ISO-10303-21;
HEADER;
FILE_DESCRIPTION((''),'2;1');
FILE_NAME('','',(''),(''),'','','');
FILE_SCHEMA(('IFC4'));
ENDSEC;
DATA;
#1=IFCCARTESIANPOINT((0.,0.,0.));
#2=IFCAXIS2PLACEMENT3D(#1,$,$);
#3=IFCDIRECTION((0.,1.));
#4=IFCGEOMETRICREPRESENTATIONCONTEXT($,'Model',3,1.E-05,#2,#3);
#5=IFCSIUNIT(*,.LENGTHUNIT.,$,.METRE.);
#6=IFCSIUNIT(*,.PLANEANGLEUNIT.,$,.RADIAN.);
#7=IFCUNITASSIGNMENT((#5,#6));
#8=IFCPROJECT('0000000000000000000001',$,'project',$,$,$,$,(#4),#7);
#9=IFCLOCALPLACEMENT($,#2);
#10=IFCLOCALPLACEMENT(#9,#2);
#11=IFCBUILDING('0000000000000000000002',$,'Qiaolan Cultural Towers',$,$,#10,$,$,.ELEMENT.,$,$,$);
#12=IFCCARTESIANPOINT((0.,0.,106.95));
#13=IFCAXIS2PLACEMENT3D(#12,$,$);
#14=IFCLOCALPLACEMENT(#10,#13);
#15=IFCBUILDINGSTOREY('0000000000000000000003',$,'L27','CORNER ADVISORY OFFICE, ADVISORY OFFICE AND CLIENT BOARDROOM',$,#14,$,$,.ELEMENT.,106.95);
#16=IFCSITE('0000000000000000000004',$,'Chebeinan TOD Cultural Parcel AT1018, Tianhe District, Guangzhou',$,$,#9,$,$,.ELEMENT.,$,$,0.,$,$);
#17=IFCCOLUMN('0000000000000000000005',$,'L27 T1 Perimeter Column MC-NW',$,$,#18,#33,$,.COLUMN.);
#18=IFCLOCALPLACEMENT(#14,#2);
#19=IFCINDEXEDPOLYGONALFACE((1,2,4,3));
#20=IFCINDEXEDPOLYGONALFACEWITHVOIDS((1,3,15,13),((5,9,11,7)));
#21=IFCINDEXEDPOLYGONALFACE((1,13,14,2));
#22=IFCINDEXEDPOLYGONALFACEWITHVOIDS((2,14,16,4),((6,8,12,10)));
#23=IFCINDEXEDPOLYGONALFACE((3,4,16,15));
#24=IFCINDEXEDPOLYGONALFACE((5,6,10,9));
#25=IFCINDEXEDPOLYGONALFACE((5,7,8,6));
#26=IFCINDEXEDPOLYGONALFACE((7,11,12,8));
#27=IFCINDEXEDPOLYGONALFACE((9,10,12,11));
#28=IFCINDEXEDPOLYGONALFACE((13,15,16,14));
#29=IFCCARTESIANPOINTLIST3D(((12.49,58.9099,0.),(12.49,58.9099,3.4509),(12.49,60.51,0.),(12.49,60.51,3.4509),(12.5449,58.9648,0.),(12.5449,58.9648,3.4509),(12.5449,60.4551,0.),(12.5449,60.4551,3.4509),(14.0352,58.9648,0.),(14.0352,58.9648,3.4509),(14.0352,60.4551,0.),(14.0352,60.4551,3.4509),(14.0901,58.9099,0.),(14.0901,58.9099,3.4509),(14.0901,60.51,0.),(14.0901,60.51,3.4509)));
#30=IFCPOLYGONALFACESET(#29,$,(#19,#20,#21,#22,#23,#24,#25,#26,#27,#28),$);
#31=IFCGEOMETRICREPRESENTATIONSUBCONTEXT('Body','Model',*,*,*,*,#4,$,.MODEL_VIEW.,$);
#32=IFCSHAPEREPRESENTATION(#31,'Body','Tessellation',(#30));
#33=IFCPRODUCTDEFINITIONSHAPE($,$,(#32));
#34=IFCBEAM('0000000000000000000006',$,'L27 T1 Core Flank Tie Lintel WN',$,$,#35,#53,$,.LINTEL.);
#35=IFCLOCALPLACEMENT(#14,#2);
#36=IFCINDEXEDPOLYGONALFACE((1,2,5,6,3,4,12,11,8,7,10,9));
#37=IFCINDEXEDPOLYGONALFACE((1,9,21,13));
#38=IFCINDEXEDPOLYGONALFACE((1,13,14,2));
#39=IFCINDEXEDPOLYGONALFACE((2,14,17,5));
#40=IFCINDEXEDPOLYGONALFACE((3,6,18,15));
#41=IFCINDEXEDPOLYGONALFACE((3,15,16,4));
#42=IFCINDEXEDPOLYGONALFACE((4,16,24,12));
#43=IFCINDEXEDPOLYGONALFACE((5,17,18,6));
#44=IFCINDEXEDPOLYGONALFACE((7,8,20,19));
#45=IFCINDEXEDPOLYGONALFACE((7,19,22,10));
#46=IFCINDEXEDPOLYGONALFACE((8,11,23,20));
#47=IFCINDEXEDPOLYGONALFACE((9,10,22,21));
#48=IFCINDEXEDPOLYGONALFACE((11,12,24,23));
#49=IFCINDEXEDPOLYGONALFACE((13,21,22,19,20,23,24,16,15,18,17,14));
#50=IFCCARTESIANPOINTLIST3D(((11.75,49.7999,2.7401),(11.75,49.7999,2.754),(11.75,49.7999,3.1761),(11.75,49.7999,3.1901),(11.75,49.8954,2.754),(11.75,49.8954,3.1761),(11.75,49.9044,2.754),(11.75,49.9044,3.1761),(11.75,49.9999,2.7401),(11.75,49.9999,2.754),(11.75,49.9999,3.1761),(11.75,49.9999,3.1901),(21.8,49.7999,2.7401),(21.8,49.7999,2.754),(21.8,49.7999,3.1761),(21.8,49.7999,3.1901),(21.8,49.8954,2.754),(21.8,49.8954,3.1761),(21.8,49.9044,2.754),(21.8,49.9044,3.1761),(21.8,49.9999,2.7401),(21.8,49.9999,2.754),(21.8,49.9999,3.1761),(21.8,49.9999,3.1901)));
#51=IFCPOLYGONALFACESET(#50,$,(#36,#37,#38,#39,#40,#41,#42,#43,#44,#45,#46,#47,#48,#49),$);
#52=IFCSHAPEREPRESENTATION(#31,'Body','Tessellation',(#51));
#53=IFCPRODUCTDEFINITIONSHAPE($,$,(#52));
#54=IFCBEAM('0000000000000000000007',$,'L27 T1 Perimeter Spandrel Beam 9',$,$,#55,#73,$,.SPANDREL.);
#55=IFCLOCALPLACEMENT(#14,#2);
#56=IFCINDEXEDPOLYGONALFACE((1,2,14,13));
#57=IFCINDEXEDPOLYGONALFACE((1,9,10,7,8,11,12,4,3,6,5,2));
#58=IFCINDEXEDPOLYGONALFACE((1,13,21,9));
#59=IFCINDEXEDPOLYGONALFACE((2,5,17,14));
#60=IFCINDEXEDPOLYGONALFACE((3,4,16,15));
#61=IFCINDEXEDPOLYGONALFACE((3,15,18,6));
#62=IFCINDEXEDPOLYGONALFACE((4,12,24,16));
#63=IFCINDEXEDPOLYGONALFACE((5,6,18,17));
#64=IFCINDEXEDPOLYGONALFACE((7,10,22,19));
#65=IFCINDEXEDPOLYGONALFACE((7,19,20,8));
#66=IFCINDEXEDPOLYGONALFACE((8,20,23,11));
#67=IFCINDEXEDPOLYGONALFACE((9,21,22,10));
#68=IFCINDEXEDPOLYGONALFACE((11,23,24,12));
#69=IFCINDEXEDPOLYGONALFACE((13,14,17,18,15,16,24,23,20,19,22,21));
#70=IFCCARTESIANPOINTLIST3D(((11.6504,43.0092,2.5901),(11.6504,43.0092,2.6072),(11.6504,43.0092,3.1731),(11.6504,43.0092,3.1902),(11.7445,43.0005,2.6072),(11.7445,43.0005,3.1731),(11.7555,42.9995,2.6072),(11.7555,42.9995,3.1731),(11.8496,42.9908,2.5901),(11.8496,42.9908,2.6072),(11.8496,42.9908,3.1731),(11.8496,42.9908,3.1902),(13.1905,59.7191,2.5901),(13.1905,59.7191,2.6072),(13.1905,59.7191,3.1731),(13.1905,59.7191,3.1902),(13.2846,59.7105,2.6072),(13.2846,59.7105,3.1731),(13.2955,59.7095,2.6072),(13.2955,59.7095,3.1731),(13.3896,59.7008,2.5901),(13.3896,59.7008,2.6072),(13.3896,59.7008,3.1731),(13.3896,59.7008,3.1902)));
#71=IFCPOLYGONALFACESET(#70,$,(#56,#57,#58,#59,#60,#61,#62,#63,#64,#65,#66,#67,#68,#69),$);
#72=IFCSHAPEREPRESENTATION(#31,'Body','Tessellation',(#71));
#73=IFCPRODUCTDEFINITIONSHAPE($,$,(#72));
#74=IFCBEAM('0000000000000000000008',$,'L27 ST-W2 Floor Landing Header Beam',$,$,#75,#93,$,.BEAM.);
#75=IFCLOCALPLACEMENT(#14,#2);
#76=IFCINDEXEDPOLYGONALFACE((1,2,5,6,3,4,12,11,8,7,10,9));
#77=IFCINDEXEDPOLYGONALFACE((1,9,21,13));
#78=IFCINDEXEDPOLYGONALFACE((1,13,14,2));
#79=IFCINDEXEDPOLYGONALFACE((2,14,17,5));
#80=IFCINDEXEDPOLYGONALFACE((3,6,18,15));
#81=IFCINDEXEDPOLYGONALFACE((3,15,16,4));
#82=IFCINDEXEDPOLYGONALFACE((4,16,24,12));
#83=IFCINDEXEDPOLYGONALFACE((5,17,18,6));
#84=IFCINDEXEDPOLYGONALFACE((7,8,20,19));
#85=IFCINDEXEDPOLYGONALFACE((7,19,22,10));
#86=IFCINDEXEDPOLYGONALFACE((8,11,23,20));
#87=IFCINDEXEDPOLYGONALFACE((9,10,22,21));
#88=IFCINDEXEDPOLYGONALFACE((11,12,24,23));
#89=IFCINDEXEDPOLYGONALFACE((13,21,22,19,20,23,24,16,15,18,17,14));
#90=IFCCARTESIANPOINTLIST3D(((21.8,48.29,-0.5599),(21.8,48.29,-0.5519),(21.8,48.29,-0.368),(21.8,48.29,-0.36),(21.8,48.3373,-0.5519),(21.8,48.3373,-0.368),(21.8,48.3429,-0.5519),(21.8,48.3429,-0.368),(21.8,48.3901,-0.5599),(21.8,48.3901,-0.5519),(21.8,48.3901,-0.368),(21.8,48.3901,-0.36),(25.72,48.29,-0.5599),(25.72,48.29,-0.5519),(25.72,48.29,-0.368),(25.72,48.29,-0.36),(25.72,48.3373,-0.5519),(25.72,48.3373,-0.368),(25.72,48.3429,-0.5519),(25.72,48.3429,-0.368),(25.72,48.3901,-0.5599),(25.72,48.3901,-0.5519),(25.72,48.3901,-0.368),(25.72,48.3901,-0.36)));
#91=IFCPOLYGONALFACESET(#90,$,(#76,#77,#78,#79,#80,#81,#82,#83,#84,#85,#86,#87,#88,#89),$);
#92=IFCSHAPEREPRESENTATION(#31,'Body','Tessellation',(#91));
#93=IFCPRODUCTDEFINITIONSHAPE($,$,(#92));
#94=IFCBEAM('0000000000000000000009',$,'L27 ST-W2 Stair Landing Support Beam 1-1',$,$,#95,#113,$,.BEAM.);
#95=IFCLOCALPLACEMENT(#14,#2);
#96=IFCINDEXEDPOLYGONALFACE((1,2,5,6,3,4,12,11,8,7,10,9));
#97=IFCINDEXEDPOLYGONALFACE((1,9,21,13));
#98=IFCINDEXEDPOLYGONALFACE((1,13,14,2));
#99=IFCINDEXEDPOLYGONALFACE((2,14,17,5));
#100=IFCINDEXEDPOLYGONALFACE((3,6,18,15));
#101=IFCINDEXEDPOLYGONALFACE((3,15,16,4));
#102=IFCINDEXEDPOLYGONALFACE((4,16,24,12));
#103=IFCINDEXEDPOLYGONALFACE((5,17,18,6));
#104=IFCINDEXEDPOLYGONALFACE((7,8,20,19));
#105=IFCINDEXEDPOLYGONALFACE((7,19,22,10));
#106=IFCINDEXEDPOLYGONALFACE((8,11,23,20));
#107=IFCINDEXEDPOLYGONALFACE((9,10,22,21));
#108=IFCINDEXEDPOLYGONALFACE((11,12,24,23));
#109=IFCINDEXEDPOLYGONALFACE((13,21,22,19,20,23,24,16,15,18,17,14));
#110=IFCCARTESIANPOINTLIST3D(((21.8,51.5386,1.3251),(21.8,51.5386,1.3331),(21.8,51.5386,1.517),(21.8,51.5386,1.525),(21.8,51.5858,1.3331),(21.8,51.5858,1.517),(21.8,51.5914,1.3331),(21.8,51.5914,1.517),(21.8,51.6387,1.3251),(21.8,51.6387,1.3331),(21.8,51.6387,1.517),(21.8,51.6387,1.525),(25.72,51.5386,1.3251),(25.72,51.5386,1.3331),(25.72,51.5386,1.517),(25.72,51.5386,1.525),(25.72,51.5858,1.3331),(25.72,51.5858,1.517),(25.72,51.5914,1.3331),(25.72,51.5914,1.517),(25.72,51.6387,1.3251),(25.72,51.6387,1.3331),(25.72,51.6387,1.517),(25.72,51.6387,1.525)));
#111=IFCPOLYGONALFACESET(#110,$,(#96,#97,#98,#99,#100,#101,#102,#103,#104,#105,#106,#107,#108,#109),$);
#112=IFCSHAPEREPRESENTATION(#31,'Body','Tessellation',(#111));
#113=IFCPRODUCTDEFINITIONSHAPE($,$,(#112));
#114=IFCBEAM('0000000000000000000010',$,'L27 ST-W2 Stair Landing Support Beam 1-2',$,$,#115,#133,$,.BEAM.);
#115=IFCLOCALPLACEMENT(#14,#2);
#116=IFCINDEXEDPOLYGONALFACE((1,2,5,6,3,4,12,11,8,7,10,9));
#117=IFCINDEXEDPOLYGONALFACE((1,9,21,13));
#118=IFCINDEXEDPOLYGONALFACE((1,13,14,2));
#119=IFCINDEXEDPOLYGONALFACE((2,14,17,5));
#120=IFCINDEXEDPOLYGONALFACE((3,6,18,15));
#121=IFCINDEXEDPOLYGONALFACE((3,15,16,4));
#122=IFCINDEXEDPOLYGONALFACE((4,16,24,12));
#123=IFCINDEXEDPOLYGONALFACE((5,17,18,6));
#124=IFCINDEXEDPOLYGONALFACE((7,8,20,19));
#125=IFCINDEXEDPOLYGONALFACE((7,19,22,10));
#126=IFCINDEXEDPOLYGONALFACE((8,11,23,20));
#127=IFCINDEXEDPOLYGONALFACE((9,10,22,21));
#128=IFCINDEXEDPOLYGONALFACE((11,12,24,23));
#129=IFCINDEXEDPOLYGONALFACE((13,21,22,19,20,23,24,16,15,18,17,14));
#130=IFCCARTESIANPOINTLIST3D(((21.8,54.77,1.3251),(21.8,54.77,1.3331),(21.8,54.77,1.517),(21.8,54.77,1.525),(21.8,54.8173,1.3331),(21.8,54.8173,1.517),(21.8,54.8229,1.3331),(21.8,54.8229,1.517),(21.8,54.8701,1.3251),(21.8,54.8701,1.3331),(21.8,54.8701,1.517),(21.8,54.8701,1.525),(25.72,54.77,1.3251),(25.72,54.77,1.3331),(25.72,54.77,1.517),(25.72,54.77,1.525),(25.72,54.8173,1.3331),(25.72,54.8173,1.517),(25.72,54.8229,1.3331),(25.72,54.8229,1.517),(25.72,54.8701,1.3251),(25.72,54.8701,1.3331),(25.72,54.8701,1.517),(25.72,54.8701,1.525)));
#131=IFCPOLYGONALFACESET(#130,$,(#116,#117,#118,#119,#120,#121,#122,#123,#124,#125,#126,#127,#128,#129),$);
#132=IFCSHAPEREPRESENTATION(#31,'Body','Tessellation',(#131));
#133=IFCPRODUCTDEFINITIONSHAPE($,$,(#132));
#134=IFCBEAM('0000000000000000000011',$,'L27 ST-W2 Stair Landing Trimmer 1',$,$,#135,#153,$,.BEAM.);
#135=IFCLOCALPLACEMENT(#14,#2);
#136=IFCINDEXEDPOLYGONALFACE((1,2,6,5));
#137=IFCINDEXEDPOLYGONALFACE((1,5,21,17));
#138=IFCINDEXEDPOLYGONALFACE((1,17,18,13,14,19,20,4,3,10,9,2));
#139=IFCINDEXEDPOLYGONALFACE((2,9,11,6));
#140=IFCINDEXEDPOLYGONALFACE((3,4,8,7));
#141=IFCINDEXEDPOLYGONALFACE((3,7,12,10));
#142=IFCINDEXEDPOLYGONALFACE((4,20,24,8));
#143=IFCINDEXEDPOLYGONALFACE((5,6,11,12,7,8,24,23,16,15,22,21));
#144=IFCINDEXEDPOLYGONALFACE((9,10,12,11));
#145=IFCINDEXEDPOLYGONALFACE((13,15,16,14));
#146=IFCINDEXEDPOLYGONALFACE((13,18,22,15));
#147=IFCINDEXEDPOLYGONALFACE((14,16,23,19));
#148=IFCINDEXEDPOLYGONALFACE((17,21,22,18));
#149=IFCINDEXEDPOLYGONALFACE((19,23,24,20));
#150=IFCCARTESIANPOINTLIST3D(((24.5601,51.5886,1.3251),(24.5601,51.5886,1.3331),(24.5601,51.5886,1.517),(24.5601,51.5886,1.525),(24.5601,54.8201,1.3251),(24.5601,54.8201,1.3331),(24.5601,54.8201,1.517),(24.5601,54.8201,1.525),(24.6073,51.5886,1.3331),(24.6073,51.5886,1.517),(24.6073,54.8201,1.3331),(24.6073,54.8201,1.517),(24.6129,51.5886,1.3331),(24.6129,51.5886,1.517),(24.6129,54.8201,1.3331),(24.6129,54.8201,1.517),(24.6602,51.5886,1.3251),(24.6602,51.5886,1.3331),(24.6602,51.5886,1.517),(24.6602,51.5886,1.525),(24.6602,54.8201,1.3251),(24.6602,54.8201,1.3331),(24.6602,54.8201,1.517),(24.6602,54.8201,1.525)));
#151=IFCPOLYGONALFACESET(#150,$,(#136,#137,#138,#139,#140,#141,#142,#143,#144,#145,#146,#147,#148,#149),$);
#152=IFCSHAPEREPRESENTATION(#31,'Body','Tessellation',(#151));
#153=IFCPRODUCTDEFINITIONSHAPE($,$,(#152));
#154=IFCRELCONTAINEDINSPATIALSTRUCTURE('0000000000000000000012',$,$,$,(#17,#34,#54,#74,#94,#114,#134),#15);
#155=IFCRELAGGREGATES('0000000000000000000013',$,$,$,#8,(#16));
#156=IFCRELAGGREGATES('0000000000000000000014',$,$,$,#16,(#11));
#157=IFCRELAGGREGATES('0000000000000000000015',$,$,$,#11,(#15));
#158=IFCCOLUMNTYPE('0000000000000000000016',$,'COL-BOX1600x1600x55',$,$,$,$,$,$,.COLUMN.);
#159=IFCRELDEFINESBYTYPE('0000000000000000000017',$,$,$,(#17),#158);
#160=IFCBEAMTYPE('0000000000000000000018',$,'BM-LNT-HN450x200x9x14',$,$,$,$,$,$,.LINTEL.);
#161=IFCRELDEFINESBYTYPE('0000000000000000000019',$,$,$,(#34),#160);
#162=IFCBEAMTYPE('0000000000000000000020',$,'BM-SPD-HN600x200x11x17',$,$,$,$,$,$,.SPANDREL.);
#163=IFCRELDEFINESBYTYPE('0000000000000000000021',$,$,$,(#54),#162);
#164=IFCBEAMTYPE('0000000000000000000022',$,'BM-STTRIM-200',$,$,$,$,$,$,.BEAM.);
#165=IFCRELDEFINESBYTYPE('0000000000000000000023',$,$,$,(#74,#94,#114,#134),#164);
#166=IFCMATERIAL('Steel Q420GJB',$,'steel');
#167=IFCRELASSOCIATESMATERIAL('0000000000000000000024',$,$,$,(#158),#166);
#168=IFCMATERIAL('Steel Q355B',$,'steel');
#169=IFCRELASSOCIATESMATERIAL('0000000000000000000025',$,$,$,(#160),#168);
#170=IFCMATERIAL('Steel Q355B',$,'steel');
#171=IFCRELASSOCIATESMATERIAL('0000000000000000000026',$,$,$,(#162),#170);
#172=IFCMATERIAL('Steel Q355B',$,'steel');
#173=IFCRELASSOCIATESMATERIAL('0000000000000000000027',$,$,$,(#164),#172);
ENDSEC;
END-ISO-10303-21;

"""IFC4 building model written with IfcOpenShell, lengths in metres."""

from ifc_helpers import new_model, si_unit, direction, frame, origin, origin_2d, place, context, subcontext, project, spatial, hollow_rectangle, i_section, extrude, material, material_profile, profile_set, type_object, element, save


model = new_model("IFC4")

# Units and contexts
model_context = context("Model", 3, precision=1e-05, world=origin(), true_north=direction((0.0, 1.0)))
body_context = subcontext(model_context, "Body", "Model", "MODEL_VIEW")
ifc_project = project(units=[si_unit("LENGTHUNIT", "METRE"), si_unit("PLANEANGLEUNIT", "RADIAN")], contexts=[model_context])

# Site, building, storey
site_placement = place(None, origin())
site = spatial("IfcSite", under=ifc_project, at=site_placement, Name="Chebeinan TOD Cultural Parcel AT1018, Tianhe District, Guangzhou", CompositionType="ELEMENT", RefElevation=0.0)
building_placement = place(site_placement, origin())
building = spatial("IfcBuilding", under=site, at=building_placement, Name="Qiaolan Cultural Towers", CompositionType="ELEMENT")
storey_placement = place(building_placement, frame((0.0, 0.0, 106.95)))
storey = spatial("IfcBuildingStorey", under=building, at=storey_placement, Name="L27", Description="CORNER ADVISORY OFFICE, ADVISORY OFFICE AND CLIENT BOARDROOM", CompositionType="ELEMENT", Elevation=106.95)

# Column
ifc_material_1 = material(Name="Steel Q420GJB", Category="steel")
ifc_material_profile_1 = material_profile(ifc_material_1, hollow_rectangle(XDim=1.6001, YDim=1.6001, WallThickness=0.0549, at=origin_2d()), Name="BOX1600x1600x55")
ifc_profile_set_1 = profile_set([ifc_material_profile_1], Name="Steel Q420GJB")
column_type = type_object("IfcColumnType", Name="COL-BOX1600x1600x55", PredefinedType="COLUMN", material=ifc_profile_set_1)
column_placement = place(storey_placement, frame((13.29, 59.71, 0.0), z_axis=(0.0, 0.0, 1.0), x_axis=(1.0, 0.0, 0.0)))
element("IfcColumn", 1, at=column_placement, inside=storey, type_object=column_type, Name="L27 T1 Perimeter Column MC-NW", PredefinedType="COLUMN", context=body_context, shape_type="SweptSolid", body=[
    extrude(hollow_rectangle(XDim=1.6001, YDim=1.6001, WallThickness=0.0549, at=origin_2d()), origin(), (0.0, 0.0, 1.0), 3.4509),
])

# Beams
ifc_material_2 = material(Name="Steel Q355B", Category="steel")
ifc_material_profile_2 = material_profile(ifc_material_2, i_section(OverallWidth=0.2, OverallDepth=0.45, WebThickness=0.009, FlangeThickness=0.0139, at=origin_2d()), Name="HN450x200x9x14")
ifc_profile_set_2 = profile_set([ifc_material_profile_2], Name="Steel Q355B")
beam_type_1 = type_object("IfcBeamType", Name="BM-LNT-HN450x200x9x14", PredefinedType="LINTEL", material=ifc_profile_set_2)
beam_1_placement = place(storey_placement, frame((21.8, 49.8999, 2.9651), z_axis=(-1.0, 0.0, 0.0), x_axis=(0.0, -1.0, 0.0)))
element("IfcBeam", 2, at=beam_1_placement, inside=storey, type_object=beam_type_1, Name="L27 T1 Core Flank Tie Lintel WN", PredefinedType="LINTEL", context=body_context, shape_type="SweptSolid", body=[
    extrude(i_section(OverallWidth=0.2, OverallDepth=0.45, WebThickness=0.009, FlangeThickness=0.0139, at=origin_2d()), origin(), (0.0, 0.0, 1.0), 10.05),
])
ifc_material_3 = material(Name="Steel Q355B", Category="steel")
ifc_material_profile_3 = material_profile(ifc_material_3, i_section(OverallWidth=0.2, OverallDepth=0.6001, WebThickness=0.011, FlangeThickness=0.0171, at=origin_2d()), Name="HN600x200x11x17")
ifc_profile_set_3 = profile_set([ifc_material_profile_3], Name="Steel Q355B")
beam_type_2 = type_object("IfcBeamType", Name="BM-SPD-HN600x200x11x17", PredefinedType="SPANDREL", material=ifc_profile_set_3)
beam_2_placement = place(storey_placement, frame((13.29, 59.71, 2.8901), z_axis=(-0.091774, -0.99578, 0.0), x_axis=(0.99578, -0.091774, 0.0)))
element("IfcBeam", 3, at=beam_2_placement, inside=storey, type_object=beam_type_2, Name="L27 T1 Perimeter Spandrel Beam 9", PredefinedType="SPANDREL", context=body_context, shape_type="SweptSolid", body=[
    extrude(i_section(OverallWidth=0.2, OverallDepth=0.6001, WebThickness=0.011, FlangeThickness=0.0171, at=origin_2d()), origin(), (0.0, 0.0, 1.0), 16.7808),
])
ifc_material_4 = material(Name="Steel Q355B", Category="steel")
ifc_material_profile_4 = material_profile(ifc_material_4, i_section(OverallWidth=0.1001, OverallDepth=0.2, WebThickness=0.0056, FlangeThickness=0.0081, at=origin_2d()), Name="HN200x100x5.5x8")
ifc_profile_set_4 = profile_set([ifc_material_profile_4], Name="Steel Q355B")
beam_type_3 = type_object("IfcBeamType", Name="BM-STTRIM-200", PredefinedType="BEAM", material=ifc_profile_set_4)
for number, where, z_axis, x_axis, name in (
    (4, (21.8, 48.3401, -0.46), (1.0, 0.0, 0.0), (0.0, 1.0, 0.0), "L27 ST-W2 Floor Landing Header Beam"),
    (5, (21.8, 51.5886, 1.425), (1.0, 0.0, 0.0), (0.0, 1.0, 0.0), "L27 ST-W2 Stair Landing Support Beam 1-1"),
    (6, (21.8, 54.8201, 1.425), (1.0, 0.0, 0.0), (0.0, 1.0, 0.0), "L27 ST-W2 Stair Landing Support Beam 1-2"),
):
    element("IfcBeam", number, at=place(storey_placement, frame(where, z_axis=z_axis, x_axis=x_axis)), inside=storey, type_object=beam_type_3, Name=name, PredefinedType="BEAM", context=body_context, shape_type="SweptSolid", body=[
        extrude(i_section(OverallWidth=0.1001, OverallDepth=0.2, WebThickness=0.0056, FlangeThickness=0.0081, at=origin_2d()), origin(), (0.0, 0.0, 1.0), 3.9199),
    ])
beam_3_placement = place(storey_placement, frame((24.6101, 51.5886, 1.425), z_axis=(0.0, 1.0, 0.0), x_axis=(-1.0, 0.0, 0.0)))
element("IfcBeam", 7, at=beam_3_placement, inside=storey, type_object=beam_type_3, Name="L27 ST-W2 Stair Landing Trimmer 1", PredefinedType="BEAM", context=body_context, shape_type="SweptSolid", body=[
    extrude(i_section(OverallWidth=0.1001, OverallDepth=0.2, WebThickness=0.0056, FlangeThickness=0.0081, at=origin_2d()), origin(), (0.0, 0.0, 1.0), 3.2314),
])

save(model, "model.ifc")
